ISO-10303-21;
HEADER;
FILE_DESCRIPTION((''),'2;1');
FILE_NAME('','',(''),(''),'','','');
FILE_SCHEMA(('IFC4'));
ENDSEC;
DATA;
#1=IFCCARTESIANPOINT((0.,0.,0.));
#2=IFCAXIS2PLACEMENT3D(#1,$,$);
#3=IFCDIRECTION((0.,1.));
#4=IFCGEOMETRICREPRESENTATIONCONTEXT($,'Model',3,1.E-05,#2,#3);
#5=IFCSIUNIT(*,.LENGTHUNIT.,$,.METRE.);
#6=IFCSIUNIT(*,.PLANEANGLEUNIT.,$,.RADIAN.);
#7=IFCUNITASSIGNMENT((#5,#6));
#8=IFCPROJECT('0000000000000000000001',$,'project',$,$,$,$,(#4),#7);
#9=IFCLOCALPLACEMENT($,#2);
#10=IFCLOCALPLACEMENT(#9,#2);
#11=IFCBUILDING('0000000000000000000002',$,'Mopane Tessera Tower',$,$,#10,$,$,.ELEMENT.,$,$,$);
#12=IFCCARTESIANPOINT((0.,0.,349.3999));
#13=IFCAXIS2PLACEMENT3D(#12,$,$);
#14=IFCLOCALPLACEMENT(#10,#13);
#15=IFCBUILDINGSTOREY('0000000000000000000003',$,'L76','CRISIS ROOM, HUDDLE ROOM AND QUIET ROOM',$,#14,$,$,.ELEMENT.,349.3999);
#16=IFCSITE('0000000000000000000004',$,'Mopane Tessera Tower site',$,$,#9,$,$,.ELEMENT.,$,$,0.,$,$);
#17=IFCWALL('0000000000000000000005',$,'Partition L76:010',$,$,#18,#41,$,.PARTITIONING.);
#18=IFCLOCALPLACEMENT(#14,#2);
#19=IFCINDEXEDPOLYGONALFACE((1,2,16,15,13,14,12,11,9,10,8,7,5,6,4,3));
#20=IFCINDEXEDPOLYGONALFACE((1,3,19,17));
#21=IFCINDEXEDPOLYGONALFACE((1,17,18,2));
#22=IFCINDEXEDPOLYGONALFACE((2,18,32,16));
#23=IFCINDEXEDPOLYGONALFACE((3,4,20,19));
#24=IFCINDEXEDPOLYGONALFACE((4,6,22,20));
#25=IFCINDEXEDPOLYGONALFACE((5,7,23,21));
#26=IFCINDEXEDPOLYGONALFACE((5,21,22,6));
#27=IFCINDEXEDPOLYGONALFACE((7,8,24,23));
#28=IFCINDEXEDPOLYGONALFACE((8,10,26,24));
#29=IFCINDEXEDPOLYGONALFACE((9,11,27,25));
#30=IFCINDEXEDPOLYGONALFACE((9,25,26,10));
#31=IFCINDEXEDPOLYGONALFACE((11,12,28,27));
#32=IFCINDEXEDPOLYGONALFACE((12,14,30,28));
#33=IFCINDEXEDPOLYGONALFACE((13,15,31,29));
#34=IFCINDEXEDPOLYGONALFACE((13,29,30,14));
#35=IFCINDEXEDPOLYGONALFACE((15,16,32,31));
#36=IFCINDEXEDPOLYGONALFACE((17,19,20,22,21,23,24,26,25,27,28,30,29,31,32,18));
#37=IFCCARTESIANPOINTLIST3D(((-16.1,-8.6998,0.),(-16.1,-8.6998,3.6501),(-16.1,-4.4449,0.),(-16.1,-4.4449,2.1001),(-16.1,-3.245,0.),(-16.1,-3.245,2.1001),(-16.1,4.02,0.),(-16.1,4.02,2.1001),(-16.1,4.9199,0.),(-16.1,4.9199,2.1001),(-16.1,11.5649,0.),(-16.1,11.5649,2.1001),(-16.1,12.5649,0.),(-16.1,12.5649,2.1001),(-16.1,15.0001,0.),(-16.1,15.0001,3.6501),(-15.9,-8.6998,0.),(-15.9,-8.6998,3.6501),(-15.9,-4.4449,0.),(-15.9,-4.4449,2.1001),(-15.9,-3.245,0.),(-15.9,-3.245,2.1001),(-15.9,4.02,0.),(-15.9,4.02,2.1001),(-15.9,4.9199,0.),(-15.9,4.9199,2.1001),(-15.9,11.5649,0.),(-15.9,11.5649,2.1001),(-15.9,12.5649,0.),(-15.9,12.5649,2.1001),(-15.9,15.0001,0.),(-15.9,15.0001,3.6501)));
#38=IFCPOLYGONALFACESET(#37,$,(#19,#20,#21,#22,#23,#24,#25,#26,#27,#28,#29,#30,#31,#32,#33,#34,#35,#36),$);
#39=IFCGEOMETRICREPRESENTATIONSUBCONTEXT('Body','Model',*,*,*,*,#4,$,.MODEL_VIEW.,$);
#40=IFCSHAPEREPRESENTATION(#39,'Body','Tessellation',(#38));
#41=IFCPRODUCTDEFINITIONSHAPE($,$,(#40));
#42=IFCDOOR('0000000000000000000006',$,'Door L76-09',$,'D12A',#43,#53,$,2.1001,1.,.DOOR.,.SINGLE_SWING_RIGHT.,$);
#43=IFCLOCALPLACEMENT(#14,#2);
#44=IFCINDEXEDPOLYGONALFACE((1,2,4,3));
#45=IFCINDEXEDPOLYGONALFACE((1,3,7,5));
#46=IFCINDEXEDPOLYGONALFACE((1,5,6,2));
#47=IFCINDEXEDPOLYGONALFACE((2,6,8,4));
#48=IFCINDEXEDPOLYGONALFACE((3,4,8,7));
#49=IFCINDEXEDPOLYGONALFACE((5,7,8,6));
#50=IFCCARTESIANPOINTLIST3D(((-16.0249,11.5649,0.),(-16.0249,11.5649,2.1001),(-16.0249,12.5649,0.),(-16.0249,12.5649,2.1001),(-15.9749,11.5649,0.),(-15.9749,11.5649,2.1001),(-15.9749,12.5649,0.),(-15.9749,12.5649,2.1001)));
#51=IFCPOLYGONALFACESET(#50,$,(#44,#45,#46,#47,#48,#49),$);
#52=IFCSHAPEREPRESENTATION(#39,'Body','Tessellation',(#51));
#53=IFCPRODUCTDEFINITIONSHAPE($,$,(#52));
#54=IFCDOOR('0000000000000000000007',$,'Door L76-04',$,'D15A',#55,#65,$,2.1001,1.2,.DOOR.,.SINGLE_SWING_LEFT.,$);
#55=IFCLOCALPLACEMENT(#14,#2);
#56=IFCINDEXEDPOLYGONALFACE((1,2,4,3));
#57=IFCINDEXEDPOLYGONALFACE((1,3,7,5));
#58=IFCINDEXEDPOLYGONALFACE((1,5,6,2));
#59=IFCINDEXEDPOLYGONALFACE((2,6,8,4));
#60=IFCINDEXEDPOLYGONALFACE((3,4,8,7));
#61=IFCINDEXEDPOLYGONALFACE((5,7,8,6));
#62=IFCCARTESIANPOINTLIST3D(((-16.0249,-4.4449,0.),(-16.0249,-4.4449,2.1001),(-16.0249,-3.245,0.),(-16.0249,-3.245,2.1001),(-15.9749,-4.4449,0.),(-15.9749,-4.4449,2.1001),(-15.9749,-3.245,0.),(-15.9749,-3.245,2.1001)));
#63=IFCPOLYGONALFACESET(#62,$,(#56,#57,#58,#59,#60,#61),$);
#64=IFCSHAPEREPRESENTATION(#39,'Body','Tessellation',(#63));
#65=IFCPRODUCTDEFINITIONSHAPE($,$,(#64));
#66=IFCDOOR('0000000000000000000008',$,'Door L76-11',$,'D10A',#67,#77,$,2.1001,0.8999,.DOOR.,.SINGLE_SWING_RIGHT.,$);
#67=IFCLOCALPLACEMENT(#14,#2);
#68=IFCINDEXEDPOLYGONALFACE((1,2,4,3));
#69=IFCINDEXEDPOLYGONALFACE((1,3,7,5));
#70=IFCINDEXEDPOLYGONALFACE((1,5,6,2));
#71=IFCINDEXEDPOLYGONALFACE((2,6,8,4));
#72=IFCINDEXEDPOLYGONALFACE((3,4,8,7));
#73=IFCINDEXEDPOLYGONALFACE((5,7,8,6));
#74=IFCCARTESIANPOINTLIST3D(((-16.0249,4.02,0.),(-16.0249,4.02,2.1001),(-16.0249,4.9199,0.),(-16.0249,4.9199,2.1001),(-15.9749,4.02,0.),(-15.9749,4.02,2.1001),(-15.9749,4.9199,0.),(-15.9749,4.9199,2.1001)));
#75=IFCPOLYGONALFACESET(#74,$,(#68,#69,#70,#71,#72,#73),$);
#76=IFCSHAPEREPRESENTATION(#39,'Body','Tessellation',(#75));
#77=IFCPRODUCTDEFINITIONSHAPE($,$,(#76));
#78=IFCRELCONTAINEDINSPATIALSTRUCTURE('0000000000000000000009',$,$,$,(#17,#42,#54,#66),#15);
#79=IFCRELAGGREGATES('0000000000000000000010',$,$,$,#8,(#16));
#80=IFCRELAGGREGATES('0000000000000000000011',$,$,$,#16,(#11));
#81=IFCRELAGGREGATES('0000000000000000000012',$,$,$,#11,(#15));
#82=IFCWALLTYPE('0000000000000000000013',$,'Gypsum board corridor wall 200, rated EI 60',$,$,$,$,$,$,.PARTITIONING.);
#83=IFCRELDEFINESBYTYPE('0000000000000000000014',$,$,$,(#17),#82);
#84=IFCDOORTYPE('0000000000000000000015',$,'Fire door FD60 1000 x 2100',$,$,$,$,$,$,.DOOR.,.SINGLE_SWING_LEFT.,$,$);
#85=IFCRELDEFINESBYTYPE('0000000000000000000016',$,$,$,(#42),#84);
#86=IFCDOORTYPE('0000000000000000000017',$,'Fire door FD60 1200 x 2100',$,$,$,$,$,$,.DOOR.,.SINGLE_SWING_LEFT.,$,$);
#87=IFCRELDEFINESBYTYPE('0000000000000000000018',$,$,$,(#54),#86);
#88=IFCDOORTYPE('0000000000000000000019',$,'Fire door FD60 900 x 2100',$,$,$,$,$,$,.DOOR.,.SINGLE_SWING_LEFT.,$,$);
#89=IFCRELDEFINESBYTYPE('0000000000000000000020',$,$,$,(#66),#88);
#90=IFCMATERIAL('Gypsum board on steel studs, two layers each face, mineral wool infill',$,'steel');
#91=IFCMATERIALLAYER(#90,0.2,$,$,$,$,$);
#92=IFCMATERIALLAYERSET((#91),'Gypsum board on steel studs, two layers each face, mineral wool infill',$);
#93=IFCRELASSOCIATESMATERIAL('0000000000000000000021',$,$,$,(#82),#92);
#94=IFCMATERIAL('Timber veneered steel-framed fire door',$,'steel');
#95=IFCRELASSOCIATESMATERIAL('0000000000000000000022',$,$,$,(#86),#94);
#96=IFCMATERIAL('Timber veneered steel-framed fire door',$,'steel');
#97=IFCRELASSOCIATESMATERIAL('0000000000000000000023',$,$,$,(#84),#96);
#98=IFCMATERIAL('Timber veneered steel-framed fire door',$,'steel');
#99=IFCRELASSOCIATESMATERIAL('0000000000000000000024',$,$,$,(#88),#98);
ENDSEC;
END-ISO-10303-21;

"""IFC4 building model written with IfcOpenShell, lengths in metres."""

from ifc_helpers import new_model, si_unit, direction, frame, frame_2d, origin, place, context, subcontext, project, spatial, rectangle, extrude, material, layer, layer_set, type_object, element, fill, save


model = new_model("IFC4")

# Units and contexts
model_context = context("Model", 3, precision=1e-05, world=origin(), true_north=direction((0.0, 1.0)))
body_context = subcontext(model_context, "Body", "Model", "MODEL_VIEW")
ifc_project = project(units=[si_unit("LENGTHUNIT", "METRE"), si_unit("PLANEANGLEUNIT", "RADIAN")], contexts=[model_context])

# Site, building, storey
site_placement = place(None, origin())
site = spatial("IfcSite", under=ifc_project, at=site_placement, Name="Mopane Tessera Tower site", CompositionType="ELEMENT", RefElevation=0.0)
building_placement = place(site_placement, origin())
building = spatial("IfcBuilding", under=site, at=building_placement, Name="Mopane Tessera Tower", CompositionType="ELEMENT")
storey_placement = place(building_placement, frame((0.0, 0.0, 349.3999)))
storey = spatial("IfcBuildingStorey", under=building, at=storey_placement, Name="L76", Description="CRISIS ROOM, HUDDLE ROOM AND QUIET ROOM", CompositionType="ELEMENT", Elevation=349.3999)

# Wall, openings, doors
ifc_material_1 = material(Name="Gypsum board on steel studs, two layers each face, mineral wool infill", Category="steel")
ifc_layer_1 = layer(ifc_material_1, 0.2)
ifc_layer_set_1 = layer_set([ifc_layer_1], Name="Gypsum board on steel studs, two layers each face, mineral wool infill")
wall_type_1 = type_object("IfcWallType", Name="Gypsum board corridor wall 200, rated EI 60", PredefinedType="PARTITIONING", material=ifc_layer_set_1)
ifc_material_2 = material(Name="Timber veneered steel-framed fire door", Category="steel")
door_type_1 = type_object("IfcDoorType", Name="Fire door FD60 1200 x 2100", OperationType="SINGLE_SWING_LEFT", PredefinedType="DOOR", material=ifc_material_2)
wall_1_placement = place(storey_placement, frame((-16.0, -8.7, 0.0), z_axis=(0.0, 0.0, 1.0), x_axis=(0.0, 1.0, 0.0)))
wall_1 = element("IfcWall", 1, at=wall_1_placement, inside=storey, type_object=wall_type_1, Name="Partition L76:010", PredefinedType="PARTITIONING", context=body_context, shape_type="SweptSolid", body=[
    extrude(rectangle(XDim=23.7, YDim=0.2, at=frame_2d((11.8501, 0.0))), origin(), (0.0, 0.0, 1.0), 3.6501),
])
opening_1_placement = place(wall_1_placement, frame((4.2549, 0.0, 0.0)))
opening_1 = element("IfcOpeningElement", 2, at=opening_1_placement, cuts=wall_1, PredefinedType="OPENING", context=body_context, shape_type="SweptSolid", body=[
    extrude(rectangle(XDim=1.2, YDim=2.1001, at=frame_2d((0.6001, 1.05))), frame((0.0, 0.1121, 0.0), z_axis=(0.0, -1.0, 0.0), x_axis=(1.0, 0.0, 0.0)), (0.0, 0.0, 1.0), 0.2239),
])
opening_2_placement = place(wall_1_placement, frame((20.2649, 0.0, 0.0)))
opening_2 = element("IfcOpeningElement", 3, at=opening_2_placement, cuts=wall_1, PredefinedType="OPENING", context=body_context, shape_type="SweptSolid", body=[
    extrude(rectangle(XDim=1.0, YDim=2.1001, at=frame_2d((0.5, 1.05))), frame((0.0, 0.1121, 0.0), z_axis=(0.0, -1.0, 0.0), x_axis=(1.0, 0.0, 0.0)), (0.0, 0.0, 1.0), 0.2239),
])
opening_3_placement = place(wall_1_placement, frame((12.72, 0.0, 0.0)))
opening_3 = element("IfcOpeningElement", 4, at=opening_3_placement, cuts=wall_1, PredefinedType="OPENING", context=body_context, shape_type="SweptSolid", body=[
    extrude(rectangle(XDim=0.8999, YDim=2.1001, at=frame_2d((0.45, 1.05))), frame((0.0, 0.1121, 0.0), z_axis=(0.0, -1.0, 0.0), x_axis=(1.0, 0.0, 0.0)), (0.0, 0.0, 1.0), 0.2239),
])
ifc_material_3 = material(Name="Timber veneered steel-framed fire door", Category="steel")
door_type_2 = type_object("IfcDoorType", Name="Fire door FD60 1000 x 2100", OperationType="SINGLE_SWING_LEFT", PredefinedType="DOOR", material=ifc_material_3)
door_1_placement = place(opening_2_placement, origin())
door_1 = element("IfcDoor", 5, at=door_1_placement, inside=storey, type_object=door_type_2, Name="Door L76-09", ObjectType="D12A", OperationType="SINGLE_SWING_RIGHT", OverallHeight=2.1001, OverallWidth=1.0, PredefinedType="DOOR", context=body_context, shape_type="SweptSolid", body=[
    extrude(rectangle(XDim=1.0, YDim=2.1001, at=frame_2d((0.5, 1.05))), frame((0.0, 0.0249, 0.0), z_axis=(0.0, -1.0, 0.0), x_axis=(1.0, 0.0, 0.0)), (0.0, 0.0, 1.0), 0.05),
])
fill(opening_2, door_1)
door_2_placement = place(opening_1_placement, origin())
door_2 = element("IfcDoor", 6, at=door_2_placement, inside=storey, type_object=door_type_1, Name="Door L76-04", ObjectType="D15A", OperationType="SINGLE_SWING_LEFT", OverallHeight=2.1001, OverallWidth=1.2, PredefinedType="DOOR", context=body_context, shape_type="SweptSolid", body=[
    extrude(rectangle(XDim=1.2, YDim=2.1001, at=frame_2d((0.6001, 1.05))), frame((0.0, 0.0249, 0.0), z_axis=(0.0, -1.0, 0.0), x_axis=(1.0, 0.0, 0.0)), (0.0, 0.0, 1.0), 0.05),
])
fill(opening_1, door_2)
ifc_material_4 = material(Name="Timber veneered steel-framed fire door", Category="steel")
door_type_3 = type_object("IfcDoorType", Name="Fire door FD60 900 x 2100", OperationType="SINGLE_SWING_LEFT", PredefinedType="DOOR", material=ifc_material_4)
door_3_placement = place(opening_3_placement, origin())
door_3 = element("IfcDoor", 7, at=door_3_placement, inside=storey, type_object=door_type_3, Name="Door L76-11", ObjectType="D10A", OperationType="SINGLE_SWING_RIGHT", OverallHeight=2.1001, OverallWidth=0.8999, PredefinedType="DOOR", context=body_context, shape_type="SweptSolid", body=[
    extrude(rectangle(XDim=0.8999, YDim=2.1001, at=frame_2d((0.45, 1.05))), frame((0.0, 0.0249, 0.0), z_axis=(0.0, -1.0, 0.0), x_axis=(1.0, 0.0, 0.0)), (0.0, 0.0, 1.0), 0.05),
])
fill(opening_3, door_3)

save(model, "model.ifc")
